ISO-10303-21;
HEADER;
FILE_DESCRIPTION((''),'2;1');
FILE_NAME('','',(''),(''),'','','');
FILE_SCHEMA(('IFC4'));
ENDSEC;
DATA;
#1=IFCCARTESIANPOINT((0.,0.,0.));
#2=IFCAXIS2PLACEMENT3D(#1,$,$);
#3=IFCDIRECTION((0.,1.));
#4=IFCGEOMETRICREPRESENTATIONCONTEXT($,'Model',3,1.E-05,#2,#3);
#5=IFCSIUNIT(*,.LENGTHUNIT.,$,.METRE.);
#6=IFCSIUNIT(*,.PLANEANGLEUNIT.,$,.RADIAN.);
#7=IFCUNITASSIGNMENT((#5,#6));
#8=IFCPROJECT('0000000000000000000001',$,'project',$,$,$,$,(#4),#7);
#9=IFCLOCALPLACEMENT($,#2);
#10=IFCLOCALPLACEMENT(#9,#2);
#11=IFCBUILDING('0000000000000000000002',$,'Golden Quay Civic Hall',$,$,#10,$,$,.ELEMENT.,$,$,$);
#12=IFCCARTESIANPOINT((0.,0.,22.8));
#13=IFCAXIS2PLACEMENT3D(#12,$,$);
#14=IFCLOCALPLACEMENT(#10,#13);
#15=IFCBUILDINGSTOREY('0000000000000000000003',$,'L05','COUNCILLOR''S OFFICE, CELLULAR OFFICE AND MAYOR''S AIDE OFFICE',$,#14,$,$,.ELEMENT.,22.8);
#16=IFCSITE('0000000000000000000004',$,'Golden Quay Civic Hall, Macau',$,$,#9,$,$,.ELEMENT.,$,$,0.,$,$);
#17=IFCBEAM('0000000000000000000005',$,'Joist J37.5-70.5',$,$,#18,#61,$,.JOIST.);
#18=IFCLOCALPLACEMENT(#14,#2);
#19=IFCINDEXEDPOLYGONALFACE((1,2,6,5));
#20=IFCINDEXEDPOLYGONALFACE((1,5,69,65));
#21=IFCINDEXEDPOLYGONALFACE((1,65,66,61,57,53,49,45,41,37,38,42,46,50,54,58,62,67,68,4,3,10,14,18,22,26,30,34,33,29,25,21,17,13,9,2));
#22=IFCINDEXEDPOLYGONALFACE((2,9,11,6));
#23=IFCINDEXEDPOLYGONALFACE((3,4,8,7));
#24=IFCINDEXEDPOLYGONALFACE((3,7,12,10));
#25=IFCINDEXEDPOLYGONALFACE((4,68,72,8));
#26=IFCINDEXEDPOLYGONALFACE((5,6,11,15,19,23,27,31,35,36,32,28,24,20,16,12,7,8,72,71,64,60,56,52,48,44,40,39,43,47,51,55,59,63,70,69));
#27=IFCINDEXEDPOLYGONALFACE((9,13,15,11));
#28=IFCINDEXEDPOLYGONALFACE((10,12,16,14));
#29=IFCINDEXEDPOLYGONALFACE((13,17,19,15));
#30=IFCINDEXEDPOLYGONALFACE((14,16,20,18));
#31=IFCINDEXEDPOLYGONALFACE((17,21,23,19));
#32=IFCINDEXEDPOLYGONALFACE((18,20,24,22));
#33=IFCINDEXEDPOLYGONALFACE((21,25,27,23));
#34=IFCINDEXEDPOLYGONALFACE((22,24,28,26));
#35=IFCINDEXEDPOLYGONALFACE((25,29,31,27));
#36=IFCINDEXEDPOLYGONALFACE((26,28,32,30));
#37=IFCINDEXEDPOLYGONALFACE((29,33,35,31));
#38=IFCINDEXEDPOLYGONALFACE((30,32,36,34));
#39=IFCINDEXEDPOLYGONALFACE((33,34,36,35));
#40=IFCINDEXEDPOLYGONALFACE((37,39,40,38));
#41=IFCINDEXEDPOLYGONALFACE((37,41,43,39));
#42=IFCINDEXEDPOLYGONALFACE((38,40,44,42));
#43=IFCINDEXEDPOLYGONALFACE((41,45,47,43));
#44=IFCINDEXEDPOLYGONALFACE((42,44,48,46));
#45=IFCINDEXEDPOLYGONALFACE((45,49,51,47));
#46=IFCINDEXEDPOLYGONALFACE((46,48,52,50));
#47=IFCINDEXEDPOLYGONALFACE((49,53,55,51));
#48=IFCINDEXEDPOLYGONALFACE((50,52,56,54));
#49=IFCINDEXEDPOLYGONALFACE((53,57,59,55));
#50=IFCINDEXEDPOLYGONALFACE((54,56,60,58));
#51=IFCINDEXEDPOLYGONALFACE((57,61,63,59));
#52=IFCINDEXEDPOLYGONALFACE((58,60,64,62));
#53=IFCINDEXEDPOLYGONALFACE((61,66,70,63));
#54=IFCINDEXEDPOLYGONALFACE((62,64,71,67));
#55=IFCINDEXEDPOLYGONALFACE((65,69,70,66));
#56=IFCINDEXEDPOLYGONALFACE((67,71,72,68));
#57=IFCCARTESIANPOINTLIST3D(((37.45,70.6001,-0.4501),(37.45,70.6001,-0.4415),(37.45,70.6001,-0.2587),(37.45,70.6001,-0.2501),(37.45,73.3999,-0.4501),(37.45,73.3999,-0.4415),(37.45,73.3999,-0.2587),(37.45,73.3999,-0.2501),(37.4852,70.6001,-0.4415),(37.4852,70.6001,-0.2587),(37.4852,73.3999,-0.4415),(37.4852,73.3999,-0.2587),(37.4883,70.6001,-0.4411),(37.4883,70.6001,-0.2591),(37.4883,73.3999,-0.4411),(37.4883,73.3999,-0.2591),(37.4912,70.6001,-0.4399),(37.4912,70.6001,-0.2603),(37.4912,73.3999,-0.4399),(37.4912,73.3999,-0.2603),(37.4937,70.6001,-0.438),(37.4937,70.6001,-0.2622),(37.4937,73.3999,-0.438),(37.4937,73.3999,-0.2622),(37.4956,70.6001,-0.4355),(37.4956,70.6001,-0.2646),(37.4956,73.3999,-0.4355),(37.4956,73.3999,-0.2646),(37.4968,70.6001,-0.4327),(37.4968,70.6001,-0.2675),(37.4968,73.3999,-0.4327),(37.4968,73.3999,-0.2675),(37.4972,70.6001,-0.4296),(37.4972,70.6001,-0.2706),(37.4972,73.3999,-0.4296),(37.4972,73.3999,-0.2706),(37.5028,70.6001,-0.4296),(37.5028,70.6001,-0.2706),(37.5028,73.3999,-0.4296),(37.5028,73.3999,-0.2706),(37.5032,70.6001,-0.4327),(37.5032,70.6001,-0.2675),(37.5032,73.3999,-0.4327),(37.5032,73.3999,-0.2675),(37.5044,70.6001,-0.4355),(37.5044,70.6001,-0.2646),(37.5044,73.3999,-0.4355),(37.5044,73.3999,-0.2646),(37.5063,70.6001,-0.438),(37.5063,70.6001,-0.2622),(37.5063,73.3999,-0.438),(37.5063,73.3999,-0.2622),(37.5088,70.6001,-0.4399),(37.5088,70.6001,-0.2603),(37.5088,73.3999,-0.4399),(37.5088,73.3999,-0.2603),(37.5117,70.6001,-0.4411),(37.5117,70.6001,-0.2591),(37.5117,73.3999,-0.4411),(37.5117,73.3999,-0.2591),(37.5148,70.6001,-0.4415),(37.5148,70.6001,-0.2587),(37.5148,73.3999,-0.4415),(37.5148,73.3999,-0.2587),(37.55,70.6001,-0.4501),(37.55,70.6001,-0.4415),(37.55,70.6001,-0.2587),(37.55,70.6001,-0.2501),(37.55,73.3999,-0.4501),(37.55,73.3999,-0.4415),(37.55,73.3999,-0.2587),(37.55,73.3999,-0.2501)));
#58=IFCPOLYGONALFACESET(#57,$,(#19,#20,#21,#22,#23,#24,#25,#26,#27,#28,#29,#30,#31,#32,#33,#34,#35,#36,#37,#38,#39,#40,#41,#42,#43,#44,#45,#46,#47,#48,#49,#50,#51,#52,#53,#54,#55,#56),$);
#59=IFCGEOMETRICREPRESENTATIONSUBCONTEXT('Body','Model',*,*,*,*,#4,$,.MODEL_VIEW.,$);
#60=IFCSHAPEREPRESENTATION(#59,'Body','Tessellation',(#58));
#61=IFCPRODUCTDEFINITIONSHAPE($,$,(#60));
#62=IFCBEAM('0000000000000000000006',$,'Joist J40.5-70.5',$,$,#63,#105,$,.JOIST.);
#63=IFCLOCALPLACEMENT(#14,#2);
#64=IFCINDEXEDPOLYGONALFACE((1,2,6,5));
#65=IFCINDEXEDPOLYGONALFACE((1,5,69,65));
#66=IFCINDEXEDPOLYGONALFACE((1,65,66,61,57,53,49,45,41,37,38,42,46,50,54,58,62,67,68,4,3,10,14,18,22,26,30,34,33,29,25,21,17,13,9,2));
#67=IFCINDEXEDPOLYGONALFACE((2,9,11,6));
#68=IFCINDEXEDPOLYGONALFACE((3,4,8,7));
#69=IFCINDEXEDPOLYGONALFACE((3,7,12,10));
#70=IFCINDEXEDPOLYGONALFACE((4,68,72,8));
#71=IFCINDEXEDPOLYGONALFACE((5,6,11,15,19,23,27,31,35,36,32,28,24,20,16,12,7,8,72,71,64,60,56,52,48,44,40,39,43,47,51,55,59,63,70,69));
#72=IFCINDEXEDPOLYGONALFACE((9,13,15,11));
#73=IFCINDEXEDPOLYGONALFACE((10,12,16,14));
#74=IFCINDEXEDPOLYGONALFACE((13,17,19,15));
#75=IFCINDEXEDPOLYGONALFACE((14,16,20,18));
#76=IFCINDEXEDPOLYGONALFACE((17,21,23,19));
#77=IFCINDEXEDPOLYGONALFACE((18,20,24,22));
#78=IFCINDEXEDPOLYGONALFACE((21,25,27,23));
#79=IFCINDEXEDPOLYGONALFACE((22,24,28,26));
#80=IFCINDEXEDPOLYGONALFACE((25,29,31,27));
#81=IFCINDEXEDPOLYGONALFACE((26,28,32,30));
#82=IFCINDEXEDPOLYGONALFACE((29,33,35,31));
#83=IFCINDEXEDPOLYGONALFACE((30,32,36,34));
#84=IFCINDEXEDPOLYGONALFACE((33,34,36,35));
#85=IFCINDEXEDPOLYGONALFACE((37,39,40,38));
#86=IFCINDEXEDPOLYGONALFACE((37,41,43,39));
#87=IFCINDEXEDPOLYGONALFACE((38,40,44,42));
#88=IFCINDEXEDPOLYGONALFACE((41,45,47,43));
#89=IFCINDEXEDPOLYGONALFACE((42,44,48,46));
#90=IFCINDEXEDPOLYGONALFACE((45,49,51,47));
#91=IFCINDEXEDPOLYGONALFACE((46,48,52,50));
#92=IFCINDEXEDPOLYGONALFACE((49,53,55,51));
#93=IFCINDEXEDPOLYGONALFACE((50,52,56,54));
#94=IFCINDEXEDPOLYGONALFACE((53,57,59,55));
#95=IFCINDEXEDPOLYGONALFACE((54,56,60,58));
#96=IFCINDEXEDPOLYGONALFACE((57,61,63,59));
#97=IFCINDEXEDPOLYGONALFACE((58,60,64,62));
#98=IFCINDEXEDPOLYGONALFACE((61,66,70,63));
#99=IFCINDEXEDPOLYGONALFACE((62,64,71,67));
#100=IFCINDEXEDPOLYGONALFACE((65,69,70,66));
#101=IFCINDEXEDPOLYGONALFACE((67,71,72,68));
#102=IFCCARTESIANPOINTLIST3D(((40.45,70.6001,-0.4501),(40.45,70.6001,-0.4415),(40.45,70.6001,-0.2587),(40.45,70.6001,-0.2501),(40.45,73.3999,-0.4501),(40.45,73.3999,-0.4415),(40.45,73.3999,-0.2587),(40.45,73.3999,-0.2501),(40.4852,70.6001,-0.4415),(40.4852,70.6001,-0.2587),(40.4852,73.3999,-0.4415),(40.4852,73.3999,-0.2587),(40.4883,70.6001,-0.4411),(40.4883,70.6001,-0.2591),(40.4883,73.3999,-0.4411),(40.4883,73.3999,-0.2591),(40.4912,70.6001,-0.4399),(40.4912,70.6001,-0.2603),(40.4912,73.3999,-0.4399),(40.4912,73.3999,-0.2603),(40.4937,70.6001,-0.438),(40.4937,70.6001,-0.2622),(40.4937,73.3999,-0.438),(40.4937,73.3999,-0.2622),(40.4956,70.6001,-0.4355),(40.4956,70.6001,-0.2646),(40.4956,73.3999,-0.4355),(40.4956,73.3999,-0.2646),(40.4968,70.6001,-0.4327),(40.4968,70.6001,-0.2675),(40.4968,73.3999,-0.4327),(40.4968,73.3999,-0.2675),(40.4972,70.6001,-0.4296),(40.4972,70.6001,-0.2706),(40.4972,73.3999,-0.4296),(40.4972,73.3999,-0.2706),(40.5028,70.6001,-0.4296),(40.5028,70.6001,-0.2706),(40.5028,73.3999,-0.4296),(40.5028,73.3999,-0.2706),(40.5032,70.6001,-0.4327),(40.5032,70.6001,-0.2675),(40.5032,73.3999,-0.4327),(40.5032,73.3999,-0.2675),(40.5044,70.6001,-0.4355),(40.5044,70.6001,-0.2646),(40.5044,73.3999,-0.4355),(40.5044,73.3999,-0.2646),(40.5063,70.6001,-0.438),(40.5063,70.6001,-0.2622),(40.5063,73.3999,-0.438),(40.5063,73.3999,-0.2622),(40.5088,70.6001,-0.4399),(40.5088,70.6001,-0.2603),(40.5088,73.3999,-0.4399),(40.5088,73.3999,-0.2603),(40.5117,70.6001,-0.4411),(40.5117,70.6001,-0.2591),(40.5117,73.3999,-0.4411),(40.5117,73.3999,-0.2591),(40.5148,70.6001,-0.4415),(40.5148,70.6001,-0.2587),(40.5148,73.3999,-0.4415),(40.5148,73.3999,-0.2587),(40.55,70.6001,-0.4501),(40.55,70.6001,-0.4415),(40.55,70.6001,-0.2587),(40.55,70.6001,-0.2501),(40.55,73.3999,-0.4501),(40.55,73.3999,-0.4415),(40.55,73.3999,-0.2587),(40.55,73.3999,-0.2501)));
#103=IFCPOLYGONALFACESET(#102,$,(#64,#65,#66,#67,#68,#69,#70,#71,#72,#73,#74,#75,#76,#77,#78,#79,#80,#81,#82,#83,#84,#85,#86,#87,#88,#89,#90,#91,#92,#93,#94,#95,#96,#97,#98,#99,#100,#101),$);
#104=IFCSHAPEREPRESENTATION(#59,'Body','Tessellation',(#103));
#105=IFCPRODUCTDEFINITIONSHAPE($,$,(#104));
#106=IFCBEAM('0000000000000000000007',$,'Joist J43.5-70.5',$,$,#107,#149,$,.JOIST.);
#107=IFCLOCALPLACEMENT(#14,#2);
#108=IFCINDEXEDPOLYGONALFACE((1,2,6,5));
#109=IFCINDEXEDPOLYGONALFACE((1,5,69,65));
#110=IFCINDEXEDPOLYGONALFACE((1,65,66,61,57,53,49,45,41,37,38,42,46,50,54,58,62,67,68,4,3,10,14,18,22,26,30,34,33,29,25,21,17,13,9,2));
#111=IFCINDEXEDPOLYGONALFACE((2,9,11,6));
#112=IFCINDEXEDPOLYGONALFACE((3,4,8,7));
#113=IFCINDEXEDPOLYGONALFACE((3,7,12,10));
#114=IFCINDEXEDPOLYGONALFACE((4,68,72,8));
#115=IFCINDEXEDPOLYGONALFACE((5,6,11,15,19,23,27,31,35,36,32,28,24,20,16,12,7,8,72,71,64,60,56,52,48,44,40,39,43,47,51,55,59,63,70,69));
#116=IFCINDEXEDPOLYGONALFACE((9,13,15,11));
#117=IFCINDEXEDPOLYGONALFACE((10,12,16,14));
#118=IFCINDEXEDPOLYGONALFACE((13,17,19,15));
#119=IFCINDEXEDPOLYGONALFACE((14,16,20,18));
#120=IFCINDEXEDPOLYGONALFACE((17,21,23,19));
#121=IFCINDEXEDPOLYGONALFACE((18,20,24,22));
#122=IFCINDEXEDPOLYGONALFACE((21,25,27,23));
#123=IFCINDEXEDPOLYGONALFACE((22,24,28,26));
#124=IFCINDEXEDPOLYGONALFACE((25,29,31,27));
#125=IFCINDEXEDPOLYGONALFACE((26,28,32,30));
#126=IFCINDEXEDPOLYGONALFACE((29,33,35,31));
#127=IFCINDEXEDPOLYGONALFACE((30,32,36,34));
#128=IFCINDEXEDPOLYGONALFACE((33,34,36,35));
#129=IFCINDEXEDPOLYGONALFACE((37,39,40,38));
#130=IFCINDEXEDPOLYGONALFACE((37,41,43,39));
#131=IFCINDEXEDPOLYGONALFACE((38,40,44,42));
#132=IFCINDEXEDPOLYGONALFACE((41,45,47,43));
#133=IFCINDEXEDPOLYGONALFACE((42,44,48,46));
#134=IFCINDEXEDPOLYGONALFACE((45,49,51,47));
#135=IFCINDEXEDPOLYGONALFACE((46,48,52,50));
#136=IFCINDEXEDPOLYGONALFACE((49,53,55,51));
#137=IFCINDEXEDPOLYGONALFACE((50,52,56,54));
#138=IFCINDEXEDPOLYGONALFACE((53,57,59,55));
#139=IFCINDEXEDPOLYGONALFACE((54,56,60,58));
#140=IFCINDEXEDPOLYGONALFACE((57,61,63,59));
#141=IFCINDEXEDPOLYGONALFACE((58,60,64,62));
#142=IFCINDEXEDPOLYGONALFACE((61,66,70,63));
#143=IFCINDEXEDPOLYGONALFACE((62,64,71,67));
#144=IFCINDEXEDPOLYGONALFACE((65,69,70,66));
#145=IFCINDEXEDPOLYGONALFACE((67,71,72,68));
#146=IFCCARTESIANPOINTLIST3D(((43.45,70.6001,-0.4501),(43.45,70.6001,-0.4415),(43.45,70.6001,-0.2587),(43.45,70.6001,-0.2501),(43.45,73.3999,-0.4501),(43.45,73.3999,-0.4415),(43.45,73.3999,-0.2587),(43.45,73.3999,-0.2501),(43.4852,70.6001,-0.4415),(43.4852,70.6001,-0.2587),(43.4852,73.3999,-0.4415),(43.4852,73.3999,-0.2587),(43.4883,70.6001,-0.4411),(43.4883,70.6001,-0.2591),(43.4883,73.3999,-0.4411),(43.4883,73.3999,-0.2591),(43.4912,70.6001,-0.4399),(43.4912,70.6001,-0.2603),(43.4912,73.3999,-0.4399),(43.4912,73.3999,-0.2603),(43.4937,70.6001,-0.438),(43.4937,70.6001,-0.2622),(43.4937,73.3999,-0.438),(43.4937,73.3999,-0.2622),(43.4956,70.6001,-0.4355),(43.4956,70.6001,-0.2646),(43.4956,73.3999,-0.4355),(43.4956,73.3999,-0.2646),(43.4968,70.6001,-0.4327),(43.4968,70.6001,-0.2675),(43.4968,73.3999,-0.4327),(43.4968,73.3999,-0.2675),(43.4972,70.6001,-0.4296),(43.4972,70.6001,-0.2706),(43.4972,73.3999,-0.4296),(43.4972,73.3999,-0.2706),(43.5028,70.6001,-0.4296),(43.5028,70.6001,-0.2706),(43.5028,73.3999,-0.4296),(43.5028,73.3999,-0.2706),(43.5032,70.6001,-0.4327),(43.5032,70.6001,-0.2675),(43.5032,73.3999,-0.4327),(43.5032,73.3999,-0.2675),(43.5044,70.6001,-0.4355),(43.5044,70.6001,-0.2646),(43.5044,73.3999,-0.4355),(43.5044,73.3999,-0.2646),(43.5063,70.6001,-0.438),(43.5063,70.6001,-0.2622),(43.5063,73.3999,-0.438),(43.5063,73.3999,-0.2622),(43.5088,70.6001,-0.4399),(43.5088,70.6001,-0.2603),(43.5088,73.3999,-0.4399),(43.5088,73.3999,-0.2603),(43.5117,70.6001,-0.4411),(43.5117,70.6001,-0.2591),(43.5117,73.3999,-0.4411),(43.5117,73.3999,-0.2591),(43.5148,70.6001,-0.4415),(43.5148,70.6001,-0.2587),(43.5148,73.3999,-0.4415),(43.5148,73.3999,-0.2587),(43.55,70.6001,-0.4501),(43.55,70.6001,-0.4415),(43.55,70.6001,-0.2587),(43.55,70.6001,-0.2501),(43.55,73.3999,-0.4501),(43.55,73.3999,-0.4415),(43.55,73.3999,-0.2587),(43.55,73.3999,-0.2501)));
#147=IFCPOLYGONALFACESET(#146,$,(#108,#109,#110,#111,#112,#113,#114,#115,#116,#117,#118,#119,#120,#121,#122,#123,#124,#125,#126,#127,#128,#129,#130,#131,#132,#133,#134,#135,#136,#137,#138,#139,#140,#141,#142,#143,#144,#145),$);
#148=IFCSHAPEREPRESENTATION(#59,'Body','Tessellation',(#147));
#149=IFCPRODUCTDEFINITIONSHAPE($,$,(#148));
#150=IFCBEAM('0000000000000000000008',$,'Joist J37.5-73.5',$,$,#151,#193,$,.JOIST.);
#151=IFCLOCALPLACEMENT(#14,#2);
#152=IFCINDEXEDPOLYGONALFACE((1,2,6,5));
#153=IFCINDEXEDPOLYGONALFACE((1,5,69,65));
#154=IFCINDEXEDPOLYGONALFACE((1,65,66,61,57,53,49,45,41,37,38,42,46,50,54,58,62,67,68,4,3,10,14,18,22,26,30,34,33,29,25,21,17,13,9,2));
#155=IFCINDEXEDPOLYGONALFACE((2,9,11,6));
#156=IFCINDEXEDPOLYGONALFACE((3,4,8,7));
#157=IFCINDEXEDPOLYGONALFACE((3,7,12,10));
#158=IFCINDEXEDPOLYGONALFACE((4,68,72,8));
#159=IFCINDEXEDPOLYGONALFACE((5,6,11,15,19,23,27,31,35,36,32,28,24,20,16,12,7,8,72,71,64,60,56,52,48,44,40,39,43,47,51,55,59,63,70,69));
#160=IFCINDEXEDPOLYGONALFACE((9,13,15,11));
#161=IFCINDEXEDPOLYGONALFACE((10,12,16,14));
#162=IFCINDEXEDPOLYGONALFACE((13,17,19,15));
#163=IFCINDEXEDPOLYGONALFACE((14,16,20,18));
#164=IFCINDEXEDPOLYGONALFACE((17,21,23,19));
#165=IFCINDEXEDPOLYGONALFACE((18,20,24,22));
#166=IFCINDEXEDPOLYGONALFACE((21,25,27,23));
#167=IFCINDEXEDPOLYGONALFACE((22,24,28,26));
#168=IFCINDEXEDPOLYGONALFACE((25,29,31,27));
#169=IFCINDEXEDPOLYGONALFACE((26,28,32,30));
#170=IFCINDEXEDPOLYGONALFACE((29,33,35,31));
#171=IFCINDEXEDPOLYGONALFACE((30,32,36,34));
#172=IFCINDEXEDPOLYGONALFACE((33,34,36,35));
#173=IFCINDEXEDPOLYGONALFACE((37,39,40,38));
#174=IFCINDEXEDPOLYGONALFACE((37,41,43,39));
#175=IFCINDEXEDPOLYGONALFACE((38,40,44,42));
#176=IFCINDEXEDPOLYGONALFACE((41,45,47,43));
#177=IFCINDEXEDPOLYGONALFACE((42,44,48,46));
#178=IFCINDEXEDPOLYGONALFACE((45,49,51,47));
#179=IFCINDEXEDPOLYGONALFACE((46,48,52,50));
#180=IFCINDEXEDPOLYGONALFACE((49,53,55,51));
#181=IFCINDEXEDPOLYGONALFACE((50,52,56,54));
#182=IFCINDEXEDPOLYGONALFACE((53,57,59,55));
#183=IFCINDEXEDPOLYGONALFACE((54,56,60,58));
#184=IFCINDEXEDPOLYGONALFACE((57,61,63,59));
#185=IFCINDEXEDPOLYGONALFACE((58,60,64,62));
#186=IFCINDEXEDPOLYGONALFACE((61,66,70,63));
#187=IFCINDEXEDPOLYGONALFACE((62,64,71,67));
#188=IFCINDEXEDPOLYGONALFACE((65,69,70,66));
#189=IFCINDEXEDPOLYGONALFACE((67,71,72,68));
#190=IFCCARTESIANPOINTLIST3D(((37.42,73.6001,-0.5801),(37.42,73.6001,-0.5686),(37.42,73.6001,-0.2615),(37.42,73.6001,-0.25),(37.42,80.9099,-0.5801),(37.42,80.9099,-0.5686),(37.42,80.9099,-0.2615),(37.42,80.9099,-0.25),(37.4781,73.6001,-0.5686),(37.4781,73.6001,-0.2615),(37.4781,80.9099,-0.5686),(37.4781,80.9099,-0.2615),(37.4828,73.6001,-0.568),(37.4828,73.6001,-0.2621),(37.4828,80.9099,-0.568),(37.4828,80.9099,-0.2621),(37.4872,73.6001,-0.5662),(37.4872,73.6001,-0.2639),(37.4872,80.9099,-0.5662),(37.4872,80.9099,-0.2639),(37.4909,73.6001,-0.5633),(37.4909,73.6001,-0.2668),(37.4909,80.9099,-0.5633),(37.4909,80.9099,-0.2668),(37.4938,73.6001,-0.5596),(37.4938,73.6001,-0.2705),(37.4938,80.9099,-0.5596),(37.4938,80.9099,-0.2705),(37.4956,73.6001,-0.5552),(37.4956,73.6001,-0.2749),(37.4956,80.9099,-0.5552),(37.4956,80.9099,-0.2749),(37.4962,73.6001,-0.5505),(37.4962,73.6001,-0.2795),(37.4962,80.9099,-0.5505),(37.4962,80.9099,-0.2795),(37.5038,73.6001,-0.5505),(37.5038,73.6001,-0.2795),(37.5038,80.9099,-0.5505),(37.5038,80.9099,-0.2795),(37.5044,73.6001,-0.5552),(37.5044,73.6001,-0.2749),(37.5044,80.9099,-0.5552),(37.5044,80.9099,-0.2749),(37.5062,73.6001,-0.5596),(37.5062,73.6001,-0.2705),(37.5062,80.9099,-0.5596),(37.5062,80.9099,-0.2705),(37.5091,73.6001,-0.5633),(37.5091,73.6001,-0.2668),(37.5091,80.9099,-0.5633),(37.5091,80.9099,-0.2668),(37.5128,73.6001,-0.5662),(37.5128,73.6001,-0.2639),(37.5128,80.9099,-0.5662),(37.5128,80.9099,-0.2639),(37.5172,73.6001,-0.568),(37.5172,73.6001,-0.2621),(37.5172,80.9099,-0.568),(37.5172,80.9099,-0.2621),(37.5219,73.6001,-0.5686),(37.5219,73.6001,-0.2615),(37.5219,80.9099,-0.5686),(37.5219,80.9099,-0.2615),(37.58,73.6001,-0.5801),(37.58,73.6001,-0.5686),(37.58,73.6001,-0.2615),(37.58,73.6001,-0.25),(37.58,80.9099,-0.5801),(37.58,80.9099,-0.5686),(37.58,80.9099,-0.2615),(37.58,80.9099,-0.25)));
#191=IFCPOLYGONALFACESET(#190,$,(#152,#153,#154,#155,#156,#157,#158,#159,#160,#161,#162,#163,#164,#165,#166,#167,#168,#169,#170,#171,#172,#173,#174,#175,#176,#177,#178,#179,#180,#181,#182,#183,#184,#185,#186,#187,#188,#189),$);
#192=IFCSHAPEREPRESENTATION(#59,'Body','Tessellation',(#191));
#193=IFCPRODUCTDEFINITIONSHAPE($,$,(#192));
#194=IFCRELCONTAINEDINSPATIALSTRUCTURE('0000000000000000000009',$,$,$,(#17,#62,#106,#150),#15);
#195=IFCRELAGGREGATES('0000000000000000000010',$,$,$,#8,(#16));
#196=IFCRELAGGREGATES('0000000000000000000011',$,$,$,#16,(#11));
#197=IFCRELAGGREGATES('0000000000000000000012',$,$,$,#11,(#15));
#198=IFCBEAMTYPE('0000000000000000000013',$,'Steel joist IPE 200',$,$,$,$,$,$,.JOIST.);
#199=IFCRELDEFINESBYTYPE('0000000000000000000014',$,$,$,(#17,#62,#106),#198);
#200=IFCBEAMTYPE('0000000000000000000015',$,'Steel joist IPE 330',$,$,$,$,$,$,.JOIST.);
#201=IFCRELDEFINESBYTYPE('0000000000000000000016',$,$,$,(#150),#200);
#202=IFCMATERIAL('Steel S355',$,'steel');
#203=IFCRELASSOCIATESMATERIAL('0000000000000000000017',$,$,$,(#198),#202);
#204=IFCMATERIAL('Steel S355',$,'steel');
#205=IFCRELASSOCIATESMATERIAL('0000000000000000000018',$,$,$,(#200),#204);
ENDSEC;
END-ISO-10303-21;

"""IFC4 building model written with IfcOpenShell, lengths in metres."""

from ifc_helpers import new_model, si_unit, direction, frame, origin, origin_2d, place, context, subcontext, project, spatial, i_section, extrude, material, material_profile, profile_set, type_object, element, save


model = new_model("IFC4")

# Units and contexts
model_context = context("Model", 3, precision=1e-05, world=origin(), true_north=direction((0.0, 1.0)))
body_context = subcontext(model_context, "Body", "Model", "MODEL_VIEW")
ifc_project = project(units=[si_unit("LENGTHUNIT", "METRE"), si_unit("PLANEANGLEUNIT", "RADIAN")], contexts=[model_context])

# Site, building, storey
site_placement = place(None, origin())
site = spatial("IfcSite", under=ifc_project, at=site_placement, Name="Golden Quay Civic Hall, Macau", CompositionType="ELEMENT", RefElevation=0.0)
building_placement = place(site_placement, origin())
building = spatial("IfcBuilding", under=site, at=building_placement, Name="Golden Quay Civic Hall", CompositionType="ELEMENT")
storey_placement = place(building_placement, frame((0.0, 0.0, 22.8)))
storey = spatial("IfcBuildingStorey", under=building, at=storey_placement, Name="L05", Description="COUNCILLOR'S OFFICE, CELLULAR OFFICE AND MAYOR'S AIDE OFFICE", CompositionType="ELEMENT", Elevation=22.8)

# Beams
ifc_material_1 = material(Name="Steel S355", Category="steel")
ifc_material_profile_1 = material_profile(ifc_material_1, i_section(OverallWidth=0.1001, OverallDepth=0.2, WebThickness=0.0056, FlangeThickness=0.0085, FilletRadius=0.012, at=origin_2d()), Name="IPE 200")
ifc_profile_set_1 = profile_set([ifc_material_profile_1], Name="Steel S355")
beam_type_1 = type_object("IfcBeamType", Name="Steel joist IPE 200", PredefinedType="JOIST", material=ifc_profile_set_1)
for number, where, z_axis, x_axis, name in (
    (1, (37.5, 70.6001, -0.3501), (0.0, 1.0, 0.0), (-1.0, 0.0, 0.0), "Joist J37.5-70.5"),
    (2, (40.5, 70.6001, -0.3501), (0.0, 1.0, 0.0), (-1.0, 0.0, 0.0), "Joist J40.5-70.5"),
    (3, (43.5, 70.6001, -0.3501), (0.0, 1.0, 0.0), (-1.0, 0.0, 0.0), "Joist J43.5-70.5"),
):
    element("IfcBeam", number, at=place(storey_placement, frame(where, z_axis=z_axis, x_axis=x_axis)), inside=storey, type_object=beam_type_1, Name=name, PredefinedType="JOIST", context=body_context, shape_type="SweptSolid", body=[
        extrude(i_section(OverallWidth=0.1001, OverallDepth=0.2, WebThickness=0.0056, FlangeThickness=0.0085, FilletRadius=0.012, at=origin_2d()), origin(), (0.0, 0.0, 1.0), 2.7998),
    ])
ifc_material_2 = material(Name="Steel S355", Category="steel")
ifc_material_profile_2 = material_profile(ifc_material_2, i_section(OverallWidth=0.1599, OverallDepth=0.3301, WebThickness=0.0076, FlangeThickness=0.0115, FilletRadius=0.0181, at=origin_2d()), Name="IPE 330")
ifc_profile_set_2 = profile_set([ifc_material_profile_2], Name="Steel S355")
beam_type_2 = type_object("IfcBeamType", Name="Steel joist IPE 330", PredefinedType="JOIST", material=ifc_profile_set_2)
for number, where, z_axis, x_axis, name in (
    (4, (37.5, 73.6001, -0.415), (0.0, 1.0, 0.0), (-1.0, 0.0, 0.0), "Joist J37.5-73.5"),
):
    element("IfcBeam", number, at=place(storey_placement, frame(where, z_axis=z_axis, x_axis=x_axis)), inside=storey, type_object=beam_type_2, Name=name, PredefinedType="JOIST", context=body_context, shape_type="SweptSolid", body=[
        extrude(i_section(OverallWidth=0.1599, OverallDepth=0.3301, WebThickness=0.0076, FlangeThickness=0.0115, FilletRadius=0.0181, at=origin_2d()), origin(), (0.0, 0.0, 1.0), 7.3098),
    ])

save(model, "model.ifc")
